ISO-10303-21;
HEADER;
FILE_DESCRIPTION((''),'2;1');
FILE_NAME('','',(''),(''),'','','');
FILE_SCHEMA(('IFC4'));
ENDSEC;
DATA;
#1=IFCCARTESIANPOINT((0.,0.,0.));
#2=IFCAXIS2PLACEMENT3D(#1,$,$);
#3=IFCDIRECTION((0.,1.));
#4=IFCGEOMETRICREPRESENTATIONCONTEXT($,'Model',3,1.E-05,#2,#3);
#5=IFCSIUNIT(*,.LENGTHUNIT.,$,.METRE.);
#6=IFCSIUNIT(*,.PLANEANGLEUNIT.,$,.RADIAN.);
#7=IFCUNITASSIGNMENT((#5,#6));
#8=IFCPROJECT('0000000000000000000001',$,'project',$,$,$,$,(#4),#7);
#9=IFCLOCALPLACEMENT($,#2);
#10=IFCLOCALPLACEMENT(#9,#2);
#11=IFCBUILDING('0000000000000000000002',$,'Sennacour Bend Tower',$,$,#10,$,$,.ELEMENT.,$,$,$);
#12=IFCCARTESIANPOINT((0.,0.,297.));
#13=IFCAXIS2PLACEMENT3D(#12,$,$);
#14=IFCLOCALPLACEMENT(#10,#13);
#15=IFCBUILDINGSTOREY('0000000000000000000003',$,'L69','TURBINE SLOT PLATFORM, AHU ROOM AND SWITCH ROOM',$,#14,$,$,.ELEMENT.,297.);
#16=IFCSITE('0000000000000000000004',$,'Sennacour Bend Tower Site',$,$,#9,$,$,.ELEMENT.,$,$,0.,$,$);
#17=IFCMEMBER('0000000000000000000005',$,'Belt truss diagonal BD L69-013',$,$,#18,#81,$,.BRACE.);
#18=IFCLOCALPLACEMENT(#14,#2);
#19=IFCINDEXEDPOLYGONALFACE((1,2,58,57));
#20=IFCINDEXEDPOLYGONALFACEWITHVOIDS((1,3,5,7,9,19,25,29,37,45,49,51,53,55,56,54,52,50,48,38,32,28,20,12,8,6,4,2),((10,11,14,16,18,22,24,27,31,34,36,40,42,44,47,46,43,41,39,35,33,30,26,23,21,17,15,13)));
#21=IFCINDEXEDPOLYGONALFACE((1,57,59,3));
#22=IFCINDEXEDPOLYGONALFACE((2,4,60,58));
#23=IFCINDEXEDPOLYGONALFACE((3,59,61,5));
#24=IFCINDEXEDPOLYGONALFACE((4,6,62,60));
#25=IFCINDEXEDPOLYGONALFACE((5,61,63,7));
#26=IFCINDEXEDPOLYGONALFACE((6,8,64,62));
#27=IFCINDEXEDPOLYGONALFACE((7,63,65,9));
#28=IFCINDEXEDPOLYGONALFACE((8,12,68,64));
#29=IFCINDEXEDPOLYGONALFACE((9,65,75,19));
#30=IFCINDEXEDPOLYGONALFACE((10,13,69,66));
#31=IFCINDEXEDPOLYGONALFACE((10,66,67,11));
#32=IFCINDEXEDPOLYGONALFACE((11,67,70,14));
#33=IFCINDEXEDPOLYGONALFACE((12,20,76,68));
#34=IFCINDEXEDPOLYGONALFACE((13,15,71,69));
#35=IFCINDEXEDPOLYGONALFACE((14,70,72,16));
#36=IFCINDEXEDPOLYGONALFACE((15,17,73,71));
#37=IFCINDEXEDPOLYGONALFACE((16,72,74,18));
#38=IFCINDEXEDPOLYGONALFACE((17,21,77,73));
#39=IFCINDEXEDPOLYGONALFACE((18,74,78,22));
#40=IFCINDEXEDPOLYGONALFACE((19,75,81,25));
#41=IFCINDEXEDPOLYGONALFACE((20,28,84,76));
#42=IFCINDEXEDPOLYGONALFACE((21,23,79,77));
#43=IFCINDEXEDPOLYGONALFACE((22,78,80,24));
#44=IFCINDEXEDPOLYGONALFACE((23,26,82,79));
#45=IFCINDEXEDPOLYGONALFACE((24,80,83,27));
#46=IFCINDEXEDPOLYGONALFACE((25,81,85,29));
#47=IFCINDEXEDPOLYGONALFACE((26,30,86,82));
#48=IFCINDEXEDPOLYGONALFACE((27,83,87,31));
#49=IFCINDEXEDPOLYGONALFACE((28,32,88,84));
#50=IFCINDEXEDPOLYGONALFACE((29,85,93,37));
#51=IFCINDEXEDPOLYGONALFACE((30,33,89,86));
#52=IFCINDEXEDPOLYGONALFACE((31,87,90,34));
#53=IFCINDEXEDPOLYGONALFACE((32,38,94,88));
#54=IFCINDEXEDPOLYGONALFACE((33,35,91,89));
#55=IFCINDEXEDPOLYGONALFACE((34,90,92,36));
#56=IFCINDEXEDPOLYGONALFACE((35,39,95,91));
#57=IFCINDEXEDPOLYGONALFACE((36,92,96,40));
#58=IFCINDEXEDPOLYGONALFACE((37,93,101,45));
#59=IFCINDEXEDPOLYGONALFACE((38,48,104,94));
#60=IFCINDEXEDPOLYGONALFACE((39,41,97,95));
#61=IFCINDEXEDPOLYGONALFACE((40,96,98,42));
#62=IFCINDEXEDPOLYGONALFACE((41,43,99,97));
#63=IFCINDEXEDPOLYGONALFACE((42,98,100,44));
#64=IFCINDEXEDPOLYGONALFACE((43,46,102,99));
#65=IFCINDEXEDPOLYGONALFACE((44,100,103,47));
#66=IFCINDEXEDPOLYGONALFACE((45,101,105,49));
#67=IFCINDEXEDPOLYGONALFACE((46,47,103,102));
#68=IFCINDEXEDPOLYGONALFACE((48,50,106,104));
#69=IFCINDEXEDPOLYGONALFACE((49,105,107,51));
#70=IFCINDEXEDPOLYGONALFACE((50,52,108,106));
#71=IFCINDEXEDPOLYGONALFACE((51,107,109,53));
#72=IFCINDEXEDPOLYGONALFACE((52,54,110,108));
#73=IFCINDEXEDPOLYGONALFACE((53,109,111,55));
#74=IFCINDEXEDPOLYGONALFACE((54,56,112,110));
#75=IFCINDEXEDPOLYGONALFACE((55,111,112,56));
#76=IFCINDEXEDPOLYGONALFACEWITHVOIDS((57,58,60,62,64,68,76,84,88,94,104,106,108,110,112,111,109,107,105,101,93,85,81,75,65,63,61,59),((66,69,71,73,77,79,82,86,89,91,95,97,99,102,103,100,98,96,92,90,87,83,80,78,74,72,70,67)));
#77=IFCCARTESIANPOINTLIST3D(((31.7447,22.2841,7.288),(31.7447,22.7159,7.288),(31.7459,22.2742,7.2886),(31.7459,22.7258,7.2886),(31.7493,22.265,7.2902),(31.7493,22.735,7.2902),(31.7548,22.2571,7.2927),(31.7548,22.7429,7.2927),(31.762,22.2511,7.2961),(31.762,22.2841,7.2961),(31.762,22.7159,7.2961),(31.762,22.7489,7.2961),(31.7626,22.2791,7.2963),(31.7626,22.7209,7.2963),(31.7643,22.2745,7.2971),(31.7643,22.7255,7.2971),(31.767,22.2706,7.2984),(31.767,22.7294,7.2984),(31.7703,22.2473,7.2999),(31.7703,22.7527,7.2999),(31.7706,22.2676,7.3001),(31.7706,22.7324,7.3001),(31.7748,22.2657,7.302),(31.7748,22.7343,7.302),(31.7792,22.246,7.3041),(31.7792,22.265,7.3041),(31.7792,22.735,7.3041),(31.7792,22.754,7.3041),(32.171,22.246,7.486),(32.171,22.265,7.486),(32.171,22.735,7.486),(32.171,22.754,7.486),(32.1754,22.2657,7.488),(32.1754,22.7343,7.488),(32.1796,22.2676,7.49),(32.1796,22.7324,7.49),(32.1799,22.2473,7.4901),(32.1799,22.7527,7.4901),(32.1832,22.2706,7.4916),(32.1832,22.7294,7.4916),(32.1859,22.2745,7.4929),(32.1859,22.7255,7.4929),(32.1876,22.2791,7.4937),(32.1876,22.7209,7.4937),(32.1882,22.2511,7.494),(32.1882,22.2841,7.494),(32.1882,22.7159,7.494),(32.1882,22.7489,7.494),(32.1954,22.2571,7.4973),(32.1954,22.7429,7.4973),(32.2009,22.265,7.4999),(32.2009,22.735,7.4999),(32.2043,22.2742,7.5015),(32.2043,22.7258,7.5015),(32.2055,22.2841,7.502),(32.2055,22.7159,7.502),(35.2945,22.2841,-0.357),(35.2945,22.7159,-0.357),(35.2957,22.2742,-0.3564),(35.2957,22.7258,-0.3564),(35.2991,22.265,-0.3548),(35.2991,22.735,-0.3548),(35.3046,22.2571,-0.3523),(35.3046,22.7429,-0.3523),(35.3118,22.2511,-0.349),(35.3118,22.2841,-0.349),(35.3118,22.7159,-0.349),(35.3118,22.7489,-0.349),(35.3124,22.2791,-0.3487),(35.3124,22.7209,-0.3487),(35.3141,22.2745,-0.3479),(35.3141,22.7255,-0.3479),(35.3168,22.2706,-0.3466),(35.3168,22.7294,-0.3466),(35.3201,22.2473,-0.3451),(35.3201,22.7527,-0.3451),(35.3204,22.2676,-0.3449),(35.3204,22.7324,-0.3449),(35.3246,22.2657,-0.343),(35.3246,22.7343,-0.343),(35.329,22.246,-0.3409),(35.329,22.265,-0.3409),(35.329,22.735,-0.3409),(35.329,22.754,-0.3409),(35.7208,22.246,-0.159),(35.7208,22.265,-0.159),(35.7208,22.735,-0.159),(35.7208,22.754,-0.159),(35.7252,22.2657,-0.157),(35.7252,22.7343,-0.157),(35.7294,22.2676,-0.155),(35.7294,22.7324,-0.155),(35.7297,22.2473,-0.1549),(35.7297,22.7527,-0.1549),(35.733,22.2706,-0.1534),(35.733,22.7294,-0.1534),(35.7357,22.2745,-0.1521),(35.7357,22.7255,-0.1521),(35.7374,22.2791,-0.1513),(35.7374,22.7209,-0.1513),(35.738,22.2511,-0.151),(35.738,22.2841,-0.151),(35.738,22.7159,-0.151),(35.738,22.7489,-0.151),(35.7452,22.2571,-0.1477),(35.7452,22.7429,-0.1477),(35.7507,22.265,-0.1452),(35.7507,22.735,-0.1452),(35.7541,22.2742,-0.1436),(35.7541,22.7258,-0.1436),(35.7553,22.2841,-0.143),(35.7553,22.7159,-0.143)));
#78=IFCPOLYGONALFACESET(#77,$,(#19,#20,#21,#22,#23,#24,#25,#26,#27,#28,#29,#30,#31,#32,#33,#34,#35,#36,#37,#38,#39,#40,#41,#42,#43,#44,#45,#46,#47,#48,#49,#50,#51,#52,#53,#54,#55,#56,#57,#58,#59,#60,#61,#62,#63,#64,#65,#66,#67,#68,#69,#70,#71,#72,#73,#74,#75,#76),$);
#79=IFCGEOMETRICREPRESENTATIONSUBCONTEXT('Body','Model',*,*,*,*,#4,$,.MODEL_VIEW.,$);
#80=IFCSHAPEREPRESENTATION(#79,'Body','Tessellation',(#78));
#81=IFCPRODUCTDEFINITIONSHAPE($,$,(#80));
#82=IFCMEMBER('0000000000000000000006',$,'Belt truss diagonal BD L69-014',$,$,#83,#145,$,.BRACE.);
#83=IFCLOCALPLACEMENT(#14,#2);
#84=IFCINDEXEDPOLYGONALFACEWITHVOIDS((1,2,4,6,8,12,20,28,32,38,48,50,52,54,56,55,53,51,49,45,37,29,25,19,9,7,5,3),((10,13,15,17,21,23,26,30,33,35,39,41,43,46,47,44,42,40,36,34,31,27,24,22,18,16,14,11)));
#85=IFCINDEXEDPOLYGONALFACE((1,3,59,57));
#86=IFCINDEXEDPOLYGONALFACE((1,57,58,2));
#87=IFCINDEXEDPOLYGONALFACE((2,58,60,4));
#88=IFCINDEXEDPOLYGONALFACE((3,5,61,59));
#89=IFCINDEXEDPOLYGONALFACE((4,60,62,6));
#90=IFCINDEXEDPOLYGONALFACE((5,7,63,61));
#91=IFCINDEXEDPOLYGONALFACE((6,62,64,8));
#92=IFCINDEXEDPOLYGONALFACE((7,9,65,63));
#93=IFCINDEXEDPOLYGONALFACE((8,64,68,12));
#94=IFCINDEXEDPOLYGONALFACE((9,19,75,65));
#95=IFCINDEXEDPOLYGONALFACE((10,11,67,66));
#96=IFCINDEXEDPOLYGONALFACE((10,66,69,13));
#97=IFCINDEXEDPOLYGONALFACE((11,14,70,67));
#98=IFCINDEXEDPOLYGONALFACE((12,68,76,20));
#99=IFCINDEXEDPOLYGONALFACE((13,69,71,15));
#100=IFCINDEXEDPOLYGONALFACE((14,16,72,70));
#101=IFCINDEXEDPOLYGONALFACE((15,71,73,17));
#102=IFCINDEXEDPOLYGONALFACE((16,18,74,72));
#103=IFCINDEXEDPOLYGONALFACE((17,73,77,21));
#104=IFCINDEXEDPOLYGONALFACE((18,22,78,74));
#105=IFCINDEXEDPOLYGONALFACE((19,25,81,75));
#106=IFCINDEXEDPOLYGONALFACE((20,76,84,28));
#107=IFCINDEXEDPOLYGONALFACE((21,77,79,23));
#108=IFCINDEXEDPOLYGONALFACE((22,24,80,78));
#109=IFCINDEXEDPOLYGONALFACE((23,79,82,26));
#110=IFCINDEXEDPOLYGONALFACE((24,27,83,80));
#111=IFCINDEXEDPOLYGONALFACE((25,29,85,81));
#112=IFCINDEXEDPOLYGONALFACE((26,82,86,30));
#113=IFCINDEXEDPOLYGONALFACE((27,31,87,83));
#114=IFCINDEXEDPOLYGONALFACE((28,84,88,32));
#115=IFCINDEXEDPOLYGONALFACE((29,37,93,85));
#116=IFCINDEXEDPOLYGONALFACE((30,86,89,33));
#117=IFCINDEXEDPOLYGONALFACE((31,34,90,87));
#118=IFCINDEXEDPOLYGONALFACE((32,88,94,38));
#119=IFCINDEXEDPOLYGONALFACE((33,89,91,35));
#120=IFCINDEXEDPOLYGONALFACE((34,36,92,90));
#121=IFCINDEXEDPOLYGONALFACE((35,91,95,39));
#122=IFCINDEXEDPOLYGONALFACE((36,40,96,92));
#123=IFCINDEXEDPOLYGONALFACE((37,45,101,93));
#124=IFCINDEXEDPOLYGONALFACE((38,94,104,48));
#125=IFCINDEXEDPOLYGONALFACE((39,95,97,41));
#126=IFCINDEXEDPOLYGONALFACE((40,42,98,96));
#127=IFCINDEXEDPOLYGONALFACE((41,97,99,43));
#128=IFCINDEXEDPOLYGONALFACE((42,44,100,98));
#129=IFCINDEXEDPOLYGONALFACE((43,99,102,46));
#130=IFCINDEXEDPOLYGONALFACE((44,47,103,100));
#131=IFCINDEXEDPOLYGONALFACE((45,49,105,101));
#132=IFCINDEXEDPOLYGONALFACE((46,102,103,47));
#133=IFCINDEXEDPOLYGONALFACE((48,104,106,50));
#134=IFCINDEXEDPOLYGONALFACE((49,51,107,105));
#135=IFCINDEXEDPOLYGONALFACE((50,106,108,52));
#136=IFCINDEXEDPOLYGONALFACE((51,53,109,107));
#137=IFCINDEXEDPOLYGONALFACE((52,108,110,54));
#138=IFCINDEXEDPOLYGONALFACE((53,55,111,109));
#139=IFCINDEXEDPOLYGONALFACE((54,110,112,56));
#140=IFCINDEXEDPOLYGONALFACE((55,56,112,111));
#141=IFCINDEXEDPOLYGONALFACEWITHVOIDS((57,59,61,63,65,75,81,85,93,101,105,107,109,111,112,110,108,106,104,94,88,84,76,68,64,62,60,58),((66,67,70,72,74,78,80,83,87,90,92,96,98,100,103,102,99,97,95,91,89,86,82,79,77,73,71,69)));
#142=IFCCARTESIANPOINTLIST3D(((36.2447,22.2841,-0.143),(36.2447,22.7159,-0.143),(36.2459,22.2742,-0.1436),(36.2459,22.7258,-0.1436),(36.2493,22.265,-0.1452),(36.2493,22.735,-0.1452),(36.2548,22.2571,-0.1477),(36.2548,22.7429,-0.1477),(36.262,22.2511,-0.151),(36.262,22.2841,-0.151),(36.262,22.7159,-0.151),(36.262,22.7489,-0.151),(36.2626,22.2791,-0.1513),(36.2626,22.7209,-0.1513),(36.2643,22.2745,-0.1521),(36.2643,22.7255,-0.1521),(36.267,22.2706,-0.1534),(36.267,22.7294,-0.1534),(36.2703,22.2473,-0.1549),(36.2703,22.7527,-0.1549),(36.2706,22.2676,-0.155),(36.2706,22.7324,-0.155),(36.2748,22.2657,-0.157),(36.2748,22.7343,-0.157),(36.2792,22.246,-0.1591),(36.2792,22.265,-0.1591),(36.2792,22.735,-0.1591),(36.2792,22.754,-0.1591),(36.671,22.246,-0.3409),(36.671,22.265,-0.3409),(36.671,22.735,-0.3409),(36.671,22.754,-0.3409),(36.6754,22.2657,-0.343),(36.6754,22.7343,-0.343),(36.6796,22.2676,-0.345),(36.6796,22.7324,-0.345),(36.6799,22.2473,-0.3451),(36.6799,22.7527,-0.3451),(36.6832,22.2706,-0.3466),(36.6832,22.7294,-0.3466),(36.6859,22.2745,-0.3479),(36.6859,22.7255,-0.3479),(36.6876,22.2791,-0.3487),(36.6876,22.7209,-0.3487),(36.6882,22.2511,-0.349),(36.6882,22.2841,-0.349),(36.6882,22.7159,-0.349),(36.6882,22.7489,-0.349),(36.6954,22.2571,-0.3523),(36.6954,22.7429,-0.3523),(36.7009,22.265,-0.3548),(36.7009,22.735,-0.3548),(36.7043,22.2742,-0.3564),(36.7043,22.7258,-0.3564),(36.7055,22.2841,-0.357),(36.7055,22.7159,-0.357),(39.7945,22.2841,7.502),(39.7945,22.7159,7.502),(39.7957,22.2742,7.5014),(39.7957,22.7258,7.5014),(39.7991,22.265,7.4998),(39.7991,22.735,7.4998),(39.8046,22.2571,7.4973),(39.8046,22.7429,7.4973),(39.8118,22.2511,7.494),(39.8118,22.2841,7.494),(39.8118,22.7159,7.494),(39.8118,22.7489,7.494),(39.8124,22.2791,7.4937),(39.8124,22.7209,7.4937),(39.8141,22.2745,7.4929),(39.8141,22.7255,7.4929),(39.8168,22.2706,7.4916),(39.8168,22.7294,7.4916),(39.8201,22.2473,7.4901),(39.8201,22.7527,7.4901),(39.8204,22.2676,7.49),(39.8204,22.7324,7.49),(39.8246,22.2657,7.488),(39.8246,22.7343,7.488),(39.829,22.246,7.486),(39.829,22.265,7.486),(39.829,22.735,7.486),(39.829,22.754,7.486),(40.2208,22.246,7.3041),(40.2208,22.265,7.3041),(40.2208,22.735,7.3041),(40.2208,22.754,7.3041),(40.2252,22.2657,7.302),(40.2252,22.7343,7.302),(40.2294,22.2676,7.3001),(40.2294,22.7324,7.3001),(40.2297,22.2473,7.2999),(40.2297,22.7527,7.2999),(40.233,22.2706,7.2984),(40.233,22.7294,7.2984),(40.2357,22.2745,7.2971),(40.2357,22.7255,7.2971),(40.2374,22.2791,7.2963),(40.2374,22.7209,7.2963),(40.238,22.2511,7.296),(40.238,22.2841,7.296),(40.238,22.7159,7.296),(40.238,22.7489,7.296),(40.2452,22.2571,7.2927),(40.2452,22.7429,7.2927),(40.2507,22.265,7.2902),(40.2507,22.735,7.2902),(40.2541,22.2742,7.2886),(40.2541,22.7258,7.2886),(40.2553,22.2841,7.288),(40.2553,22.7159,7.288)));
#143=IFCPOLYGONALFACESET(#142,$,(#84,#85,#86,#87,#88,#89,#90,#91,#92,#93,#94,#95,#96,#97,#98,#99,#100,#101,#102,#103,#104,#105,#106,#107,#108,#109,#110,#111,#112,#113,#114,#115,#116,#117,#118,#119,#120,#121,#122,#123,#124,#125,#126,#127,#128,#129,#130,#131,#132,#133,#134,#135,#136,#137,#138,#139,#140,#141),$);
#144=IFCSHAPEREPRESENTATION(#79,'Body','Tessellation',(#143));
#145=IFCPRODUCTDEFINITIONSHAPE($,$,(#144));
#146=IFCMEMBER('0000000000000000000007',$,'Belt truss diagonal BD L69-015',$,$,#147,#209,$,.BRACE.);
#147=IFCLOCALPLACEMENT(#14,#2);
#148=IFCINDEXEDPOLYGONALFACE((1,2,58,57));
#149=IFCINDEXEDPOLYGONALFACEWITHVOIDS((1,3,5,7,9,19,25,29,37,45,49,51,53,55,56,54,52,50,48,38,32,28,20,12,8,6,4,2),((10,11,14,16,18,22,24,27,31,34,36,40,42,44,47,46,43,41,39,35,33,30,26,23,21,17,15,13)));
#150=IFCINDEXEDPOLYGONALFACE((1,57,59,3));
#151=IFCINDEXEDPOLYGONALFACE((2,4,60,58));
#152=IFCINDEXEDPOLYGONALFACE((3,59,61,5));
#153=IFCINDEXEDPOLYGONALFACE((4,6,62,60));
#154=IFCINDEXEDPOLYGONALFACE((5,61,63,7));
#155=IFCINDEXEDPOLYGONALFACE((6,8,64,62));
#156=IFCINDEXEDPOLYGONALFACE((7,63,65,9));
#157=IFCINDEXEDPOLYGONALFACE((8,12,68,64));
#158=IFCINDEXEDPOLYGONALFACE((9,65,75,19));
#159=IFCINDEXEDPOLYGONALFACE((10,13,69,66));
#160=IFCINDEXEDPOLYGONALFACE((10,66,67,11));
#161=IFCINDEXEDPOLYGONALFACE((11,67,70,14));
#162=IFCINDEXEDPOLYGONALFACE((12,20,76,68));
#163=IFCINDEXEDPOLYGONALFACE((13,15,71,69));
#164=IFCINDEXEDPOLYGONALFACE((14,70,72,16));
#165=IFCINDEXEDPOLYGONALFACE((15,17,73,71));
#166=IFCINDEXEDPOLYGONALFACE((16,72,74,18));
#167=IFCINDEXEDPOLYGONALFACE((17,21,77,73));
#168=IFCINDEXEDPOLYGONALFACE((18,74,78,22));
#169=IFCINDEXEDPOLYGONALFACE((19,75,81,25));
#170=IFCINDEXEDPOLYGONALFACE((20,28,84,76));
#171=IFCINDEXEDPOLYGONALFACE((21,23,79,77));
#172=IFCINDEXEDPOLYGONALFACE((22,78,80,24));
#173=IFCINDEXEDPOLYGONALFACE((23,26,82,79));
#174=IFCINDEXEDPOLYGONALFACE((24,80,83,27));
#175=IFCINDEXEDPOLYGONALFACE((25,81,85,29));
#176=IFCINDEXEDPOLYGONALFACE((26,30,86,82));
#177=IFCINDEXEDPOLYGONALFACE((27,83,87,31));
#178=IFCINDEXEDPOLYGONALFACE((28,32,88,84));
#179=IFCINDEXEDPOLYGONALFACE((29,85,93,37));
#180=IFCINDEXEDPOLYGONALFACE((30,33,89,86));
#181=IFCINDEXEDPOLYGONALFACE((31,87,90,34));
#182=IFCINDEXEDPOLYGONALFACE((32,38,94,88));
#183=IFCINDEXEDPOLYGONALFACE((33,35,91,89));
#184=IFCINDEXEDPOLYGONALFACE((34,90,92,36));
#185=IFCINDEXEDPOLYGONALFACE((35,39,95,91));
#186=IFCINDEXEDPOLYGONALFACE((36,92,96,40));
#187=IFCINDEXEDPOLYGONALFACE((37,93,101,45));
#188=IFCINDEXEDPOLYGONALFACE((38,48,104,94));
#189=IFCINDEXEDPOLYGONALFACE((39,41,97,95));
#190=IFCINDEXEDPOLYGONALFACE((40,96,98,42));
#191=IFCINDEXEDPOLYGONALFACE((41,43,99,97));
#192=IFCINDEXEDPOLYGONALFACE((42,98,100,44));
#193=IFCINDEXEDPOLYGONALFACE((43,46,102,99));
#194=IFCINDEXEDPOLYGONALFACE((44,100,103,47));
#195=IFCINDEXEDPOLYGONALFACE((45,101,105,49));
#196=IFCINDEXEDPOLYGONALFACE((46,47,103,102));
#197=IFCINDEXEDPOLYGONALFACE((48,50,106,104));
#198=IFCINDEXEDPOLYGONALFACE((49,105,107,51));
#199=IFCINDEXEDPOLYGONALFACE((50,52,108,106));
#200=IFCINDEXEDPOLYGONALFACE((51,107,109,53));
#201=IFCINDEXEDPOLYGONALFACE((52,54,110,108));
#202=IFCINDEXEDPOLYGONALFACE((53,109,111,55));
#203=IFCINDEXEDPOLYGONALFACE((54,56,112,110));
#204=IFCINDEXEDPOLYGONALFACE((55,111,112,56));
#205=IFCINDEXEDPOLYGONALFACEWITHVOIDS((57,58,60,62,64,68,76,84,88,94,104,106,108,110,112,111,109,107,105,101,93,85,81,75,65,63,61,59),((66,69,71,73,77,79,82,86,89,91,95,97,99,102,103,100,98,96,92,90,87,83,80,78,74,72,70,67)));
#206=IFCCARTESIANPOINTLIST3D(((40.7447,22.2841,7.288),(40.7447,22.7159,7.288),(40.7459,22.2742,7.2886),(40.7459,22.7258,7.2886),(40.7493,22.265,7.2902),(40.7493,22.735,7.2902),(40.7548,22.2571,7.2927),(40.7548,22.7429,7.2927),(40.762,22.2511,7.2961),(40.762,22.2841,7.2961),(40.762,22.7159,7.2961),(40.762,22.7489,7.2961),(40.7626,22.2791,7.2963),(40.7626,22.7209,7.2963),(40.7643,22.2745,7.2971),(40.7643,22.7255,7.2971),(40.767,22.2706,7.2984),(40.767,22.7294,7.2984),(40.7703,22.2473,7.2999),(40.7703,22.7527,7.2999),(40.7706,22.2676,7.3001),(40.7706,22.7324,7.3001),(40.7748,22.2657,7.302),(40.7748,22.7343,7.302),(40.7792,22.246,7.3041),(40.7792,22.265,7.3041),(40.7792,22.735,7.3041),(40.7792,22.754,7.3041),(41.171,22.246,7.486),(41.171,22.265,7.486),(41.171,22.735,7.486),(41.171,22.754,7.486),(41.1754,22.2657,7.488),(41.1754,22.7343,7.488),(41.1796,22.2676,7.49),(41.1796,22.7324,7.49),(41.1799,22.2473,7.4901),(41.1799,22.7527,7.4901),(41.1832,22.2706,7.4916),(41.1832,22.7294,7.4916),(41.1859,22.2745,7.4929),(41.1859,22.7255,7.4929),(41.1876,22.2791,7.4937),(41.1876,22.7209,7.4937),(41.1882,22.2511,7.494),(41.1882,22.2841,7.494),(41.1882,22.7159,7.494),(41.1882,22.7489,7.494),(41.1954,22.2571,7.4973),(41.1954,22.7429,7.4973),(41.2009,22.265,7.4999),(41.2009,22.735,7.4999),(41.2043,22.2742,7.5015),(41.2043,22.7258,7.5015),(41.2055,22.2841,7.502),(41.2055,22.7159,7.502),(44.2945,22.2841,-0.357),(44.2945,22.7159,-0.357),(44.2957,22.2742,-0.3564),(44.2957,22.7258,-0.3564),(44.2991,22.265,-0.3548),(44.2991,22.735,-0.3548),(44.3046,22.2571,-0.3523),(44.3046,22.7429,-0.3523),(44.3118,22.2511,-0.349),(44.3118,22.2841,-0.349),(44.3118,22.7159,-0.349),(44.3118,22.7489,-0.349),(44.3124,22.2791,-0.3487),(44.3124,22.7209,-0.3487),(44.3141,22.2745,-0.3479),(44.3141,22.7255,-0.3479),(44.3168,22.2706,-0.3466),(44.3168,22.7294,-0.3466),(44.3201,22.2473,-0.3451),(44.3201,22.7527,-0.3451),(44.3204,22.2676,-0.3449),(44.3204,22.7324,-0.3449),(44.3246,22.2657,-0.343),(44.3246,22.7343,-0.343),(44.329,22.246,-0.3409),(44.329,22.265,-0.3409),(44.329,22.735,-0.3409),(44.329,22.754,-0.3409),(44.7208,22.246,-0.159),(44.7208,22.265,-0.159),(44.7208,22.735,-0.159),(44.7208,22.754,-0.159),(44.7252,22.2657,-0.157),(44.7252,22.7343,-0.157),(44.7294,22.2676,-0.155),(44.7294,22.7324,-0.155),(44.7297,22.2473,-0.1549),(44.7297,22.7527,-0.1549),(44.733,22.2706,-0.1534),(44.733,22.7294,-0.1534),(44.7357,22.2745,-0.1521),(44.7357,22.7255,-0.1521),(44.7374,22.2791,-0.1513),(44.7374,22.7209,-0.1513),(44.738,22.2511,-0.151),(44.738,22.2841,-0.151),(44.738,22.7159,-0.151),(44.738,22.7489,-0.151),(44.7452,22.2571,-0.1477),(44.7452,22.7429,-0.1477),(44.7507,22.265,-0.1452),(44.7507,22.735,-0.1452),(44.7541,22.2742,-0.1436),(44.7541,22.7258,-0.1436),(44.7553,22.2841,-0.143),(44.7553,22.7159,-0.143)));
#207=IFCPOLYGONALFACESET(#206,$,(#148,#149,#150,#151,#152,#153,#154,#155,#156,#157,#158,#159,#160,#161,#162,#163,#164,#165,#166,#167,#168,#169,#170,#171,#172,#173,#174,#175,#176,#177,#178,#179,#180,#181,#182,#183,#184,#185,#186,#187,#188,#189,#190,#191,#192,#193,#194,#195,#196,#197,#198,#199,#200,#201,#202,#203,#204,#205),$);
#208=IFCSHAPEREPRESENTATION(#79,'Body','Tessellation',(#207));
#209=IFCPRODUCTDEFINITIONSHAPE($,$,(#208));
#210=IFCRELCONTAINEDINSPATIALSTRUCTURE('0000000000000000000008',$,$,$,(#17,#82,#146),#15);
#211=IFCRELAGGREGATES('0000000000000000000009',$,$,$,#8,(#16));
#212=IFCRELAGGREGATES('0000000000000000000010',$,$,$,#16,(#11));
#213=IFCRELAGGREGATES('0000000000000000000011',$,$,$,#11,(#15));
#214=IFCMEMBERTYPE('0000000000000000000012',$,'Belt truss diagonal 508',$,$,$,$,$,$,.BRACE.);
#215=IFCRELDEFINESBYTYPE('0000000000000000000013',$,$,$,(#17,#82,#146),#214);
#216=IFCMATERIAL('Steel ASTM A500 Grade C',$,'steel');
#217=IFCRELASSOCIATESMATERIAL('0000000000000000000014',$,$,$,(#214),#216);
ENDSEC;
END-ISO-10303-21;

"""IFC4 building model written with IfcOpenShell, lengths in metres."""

from ifc_helpers import new_model, si_unit, direction, frame, origin, origin_2d, place, context, subcontext, project, spatial, hollow_rectangle, extrude, material, material_profile, profile_set, type_object, element, save


model = new_model("IFC4")

# Units and contexts
model_context = context("Model", 3, precision=1e-05, world=origin(), true_north=direction((0.0, 1.0)))
body_context = subcontext(model_context, "Body", "Model", "MODEL_VIEW")
ifc_project = project(units=[si_unit("LENGTHUNIT", "METRE"), si_unit("PLANEANGLEUNIT", "RADIAN")], contexts=[model_context])

# Site, building, storey
site_placement = place(None, origin())
site = spatial("IfcSite", under=ifc_project, at=site_placement, Name="Sennacour Bend Tower Site", CompositionType="ELEMENT", RefElevation=0.0)
building_placement = place(site_placement, origin())
building = spatial("IfcBuilding", under=site, at=building_placement, Name="Sennacour Bend Tower", CompositionType="ELEMENT")
storey_placement = place(building_placement, frame((0.0, 0.0, 297.0)))
storey = spatial("IfcBuildingStorey", under=building, at=storey_placement, Name="L69", Description="TURBINE SLOT PLATFORM, AHU ROOM AND SWITCH ROOM", CompositionType="ELEMENT", Elevation=297.0)

# Members
ifc_material_1 = material(Name="Steel ASTM A500 Grade C", Category="steel")
ifc_material_profile_1 = material_profile(ifc_material_1, hollow_rectangle(XDim=0.5081, YDim=0.5081, WallThickness=0.019, InnerFilletRadius=0.019, OuterFilletRadius=0.0381, at=origin_2d()), Name="Steel ASTM A500 Grade C", Category="steel")
ifc_profile_set_1 = profile_set([ifc_material_profile_1], Name="Steel ASTM A500 Grade C")
member_type_1 = type_object("IfcMemberType", Name="Belt truss diagonal 508", PredefinedType="BRACE", material=ifc_profile_set_1)
for number, where, z_axis, x_axis, name in (
    (1, (31.9751, 22.5, 7.395), (0.421144, 0.0, -0.906994), (0.0, 1.0, 0.0), "Belt truss diagonal BD L69-013"),
    (2, (36.4751, 22.5, -0.25), (0.421144, 0.0, 0.906994), (0.0, 1.0, 0.0), "Belt truss diagonal BD L69-014"),
    (3, (40.9751, 22.5, 7.395), (0.421144, 0.0, -0.906994), (0.0, 1.0, 0.0), "Belt truss diagonal BD L69-015"),
):
    element("IfcMember", number, at=place(storey_placement, frame(where, z_axis=z_axis, x_axis=x_axis)), inside=storey, type_object=member_type_1, Name=name, PredefinedType="BRACE", context=body_context, shape_type="SweptSolid", body=[
        extrude(hollow_rectangle(XDim=0.5081, YDim=0.5081, WallThickness=0.019, InnerFilletRadius=0.019, OuterFilletRadius=0.0381, at=origin_2d()), origin(), (0.0, 0.0, 1.0), 8.429),
    ])

save(model, "model.ifc")
